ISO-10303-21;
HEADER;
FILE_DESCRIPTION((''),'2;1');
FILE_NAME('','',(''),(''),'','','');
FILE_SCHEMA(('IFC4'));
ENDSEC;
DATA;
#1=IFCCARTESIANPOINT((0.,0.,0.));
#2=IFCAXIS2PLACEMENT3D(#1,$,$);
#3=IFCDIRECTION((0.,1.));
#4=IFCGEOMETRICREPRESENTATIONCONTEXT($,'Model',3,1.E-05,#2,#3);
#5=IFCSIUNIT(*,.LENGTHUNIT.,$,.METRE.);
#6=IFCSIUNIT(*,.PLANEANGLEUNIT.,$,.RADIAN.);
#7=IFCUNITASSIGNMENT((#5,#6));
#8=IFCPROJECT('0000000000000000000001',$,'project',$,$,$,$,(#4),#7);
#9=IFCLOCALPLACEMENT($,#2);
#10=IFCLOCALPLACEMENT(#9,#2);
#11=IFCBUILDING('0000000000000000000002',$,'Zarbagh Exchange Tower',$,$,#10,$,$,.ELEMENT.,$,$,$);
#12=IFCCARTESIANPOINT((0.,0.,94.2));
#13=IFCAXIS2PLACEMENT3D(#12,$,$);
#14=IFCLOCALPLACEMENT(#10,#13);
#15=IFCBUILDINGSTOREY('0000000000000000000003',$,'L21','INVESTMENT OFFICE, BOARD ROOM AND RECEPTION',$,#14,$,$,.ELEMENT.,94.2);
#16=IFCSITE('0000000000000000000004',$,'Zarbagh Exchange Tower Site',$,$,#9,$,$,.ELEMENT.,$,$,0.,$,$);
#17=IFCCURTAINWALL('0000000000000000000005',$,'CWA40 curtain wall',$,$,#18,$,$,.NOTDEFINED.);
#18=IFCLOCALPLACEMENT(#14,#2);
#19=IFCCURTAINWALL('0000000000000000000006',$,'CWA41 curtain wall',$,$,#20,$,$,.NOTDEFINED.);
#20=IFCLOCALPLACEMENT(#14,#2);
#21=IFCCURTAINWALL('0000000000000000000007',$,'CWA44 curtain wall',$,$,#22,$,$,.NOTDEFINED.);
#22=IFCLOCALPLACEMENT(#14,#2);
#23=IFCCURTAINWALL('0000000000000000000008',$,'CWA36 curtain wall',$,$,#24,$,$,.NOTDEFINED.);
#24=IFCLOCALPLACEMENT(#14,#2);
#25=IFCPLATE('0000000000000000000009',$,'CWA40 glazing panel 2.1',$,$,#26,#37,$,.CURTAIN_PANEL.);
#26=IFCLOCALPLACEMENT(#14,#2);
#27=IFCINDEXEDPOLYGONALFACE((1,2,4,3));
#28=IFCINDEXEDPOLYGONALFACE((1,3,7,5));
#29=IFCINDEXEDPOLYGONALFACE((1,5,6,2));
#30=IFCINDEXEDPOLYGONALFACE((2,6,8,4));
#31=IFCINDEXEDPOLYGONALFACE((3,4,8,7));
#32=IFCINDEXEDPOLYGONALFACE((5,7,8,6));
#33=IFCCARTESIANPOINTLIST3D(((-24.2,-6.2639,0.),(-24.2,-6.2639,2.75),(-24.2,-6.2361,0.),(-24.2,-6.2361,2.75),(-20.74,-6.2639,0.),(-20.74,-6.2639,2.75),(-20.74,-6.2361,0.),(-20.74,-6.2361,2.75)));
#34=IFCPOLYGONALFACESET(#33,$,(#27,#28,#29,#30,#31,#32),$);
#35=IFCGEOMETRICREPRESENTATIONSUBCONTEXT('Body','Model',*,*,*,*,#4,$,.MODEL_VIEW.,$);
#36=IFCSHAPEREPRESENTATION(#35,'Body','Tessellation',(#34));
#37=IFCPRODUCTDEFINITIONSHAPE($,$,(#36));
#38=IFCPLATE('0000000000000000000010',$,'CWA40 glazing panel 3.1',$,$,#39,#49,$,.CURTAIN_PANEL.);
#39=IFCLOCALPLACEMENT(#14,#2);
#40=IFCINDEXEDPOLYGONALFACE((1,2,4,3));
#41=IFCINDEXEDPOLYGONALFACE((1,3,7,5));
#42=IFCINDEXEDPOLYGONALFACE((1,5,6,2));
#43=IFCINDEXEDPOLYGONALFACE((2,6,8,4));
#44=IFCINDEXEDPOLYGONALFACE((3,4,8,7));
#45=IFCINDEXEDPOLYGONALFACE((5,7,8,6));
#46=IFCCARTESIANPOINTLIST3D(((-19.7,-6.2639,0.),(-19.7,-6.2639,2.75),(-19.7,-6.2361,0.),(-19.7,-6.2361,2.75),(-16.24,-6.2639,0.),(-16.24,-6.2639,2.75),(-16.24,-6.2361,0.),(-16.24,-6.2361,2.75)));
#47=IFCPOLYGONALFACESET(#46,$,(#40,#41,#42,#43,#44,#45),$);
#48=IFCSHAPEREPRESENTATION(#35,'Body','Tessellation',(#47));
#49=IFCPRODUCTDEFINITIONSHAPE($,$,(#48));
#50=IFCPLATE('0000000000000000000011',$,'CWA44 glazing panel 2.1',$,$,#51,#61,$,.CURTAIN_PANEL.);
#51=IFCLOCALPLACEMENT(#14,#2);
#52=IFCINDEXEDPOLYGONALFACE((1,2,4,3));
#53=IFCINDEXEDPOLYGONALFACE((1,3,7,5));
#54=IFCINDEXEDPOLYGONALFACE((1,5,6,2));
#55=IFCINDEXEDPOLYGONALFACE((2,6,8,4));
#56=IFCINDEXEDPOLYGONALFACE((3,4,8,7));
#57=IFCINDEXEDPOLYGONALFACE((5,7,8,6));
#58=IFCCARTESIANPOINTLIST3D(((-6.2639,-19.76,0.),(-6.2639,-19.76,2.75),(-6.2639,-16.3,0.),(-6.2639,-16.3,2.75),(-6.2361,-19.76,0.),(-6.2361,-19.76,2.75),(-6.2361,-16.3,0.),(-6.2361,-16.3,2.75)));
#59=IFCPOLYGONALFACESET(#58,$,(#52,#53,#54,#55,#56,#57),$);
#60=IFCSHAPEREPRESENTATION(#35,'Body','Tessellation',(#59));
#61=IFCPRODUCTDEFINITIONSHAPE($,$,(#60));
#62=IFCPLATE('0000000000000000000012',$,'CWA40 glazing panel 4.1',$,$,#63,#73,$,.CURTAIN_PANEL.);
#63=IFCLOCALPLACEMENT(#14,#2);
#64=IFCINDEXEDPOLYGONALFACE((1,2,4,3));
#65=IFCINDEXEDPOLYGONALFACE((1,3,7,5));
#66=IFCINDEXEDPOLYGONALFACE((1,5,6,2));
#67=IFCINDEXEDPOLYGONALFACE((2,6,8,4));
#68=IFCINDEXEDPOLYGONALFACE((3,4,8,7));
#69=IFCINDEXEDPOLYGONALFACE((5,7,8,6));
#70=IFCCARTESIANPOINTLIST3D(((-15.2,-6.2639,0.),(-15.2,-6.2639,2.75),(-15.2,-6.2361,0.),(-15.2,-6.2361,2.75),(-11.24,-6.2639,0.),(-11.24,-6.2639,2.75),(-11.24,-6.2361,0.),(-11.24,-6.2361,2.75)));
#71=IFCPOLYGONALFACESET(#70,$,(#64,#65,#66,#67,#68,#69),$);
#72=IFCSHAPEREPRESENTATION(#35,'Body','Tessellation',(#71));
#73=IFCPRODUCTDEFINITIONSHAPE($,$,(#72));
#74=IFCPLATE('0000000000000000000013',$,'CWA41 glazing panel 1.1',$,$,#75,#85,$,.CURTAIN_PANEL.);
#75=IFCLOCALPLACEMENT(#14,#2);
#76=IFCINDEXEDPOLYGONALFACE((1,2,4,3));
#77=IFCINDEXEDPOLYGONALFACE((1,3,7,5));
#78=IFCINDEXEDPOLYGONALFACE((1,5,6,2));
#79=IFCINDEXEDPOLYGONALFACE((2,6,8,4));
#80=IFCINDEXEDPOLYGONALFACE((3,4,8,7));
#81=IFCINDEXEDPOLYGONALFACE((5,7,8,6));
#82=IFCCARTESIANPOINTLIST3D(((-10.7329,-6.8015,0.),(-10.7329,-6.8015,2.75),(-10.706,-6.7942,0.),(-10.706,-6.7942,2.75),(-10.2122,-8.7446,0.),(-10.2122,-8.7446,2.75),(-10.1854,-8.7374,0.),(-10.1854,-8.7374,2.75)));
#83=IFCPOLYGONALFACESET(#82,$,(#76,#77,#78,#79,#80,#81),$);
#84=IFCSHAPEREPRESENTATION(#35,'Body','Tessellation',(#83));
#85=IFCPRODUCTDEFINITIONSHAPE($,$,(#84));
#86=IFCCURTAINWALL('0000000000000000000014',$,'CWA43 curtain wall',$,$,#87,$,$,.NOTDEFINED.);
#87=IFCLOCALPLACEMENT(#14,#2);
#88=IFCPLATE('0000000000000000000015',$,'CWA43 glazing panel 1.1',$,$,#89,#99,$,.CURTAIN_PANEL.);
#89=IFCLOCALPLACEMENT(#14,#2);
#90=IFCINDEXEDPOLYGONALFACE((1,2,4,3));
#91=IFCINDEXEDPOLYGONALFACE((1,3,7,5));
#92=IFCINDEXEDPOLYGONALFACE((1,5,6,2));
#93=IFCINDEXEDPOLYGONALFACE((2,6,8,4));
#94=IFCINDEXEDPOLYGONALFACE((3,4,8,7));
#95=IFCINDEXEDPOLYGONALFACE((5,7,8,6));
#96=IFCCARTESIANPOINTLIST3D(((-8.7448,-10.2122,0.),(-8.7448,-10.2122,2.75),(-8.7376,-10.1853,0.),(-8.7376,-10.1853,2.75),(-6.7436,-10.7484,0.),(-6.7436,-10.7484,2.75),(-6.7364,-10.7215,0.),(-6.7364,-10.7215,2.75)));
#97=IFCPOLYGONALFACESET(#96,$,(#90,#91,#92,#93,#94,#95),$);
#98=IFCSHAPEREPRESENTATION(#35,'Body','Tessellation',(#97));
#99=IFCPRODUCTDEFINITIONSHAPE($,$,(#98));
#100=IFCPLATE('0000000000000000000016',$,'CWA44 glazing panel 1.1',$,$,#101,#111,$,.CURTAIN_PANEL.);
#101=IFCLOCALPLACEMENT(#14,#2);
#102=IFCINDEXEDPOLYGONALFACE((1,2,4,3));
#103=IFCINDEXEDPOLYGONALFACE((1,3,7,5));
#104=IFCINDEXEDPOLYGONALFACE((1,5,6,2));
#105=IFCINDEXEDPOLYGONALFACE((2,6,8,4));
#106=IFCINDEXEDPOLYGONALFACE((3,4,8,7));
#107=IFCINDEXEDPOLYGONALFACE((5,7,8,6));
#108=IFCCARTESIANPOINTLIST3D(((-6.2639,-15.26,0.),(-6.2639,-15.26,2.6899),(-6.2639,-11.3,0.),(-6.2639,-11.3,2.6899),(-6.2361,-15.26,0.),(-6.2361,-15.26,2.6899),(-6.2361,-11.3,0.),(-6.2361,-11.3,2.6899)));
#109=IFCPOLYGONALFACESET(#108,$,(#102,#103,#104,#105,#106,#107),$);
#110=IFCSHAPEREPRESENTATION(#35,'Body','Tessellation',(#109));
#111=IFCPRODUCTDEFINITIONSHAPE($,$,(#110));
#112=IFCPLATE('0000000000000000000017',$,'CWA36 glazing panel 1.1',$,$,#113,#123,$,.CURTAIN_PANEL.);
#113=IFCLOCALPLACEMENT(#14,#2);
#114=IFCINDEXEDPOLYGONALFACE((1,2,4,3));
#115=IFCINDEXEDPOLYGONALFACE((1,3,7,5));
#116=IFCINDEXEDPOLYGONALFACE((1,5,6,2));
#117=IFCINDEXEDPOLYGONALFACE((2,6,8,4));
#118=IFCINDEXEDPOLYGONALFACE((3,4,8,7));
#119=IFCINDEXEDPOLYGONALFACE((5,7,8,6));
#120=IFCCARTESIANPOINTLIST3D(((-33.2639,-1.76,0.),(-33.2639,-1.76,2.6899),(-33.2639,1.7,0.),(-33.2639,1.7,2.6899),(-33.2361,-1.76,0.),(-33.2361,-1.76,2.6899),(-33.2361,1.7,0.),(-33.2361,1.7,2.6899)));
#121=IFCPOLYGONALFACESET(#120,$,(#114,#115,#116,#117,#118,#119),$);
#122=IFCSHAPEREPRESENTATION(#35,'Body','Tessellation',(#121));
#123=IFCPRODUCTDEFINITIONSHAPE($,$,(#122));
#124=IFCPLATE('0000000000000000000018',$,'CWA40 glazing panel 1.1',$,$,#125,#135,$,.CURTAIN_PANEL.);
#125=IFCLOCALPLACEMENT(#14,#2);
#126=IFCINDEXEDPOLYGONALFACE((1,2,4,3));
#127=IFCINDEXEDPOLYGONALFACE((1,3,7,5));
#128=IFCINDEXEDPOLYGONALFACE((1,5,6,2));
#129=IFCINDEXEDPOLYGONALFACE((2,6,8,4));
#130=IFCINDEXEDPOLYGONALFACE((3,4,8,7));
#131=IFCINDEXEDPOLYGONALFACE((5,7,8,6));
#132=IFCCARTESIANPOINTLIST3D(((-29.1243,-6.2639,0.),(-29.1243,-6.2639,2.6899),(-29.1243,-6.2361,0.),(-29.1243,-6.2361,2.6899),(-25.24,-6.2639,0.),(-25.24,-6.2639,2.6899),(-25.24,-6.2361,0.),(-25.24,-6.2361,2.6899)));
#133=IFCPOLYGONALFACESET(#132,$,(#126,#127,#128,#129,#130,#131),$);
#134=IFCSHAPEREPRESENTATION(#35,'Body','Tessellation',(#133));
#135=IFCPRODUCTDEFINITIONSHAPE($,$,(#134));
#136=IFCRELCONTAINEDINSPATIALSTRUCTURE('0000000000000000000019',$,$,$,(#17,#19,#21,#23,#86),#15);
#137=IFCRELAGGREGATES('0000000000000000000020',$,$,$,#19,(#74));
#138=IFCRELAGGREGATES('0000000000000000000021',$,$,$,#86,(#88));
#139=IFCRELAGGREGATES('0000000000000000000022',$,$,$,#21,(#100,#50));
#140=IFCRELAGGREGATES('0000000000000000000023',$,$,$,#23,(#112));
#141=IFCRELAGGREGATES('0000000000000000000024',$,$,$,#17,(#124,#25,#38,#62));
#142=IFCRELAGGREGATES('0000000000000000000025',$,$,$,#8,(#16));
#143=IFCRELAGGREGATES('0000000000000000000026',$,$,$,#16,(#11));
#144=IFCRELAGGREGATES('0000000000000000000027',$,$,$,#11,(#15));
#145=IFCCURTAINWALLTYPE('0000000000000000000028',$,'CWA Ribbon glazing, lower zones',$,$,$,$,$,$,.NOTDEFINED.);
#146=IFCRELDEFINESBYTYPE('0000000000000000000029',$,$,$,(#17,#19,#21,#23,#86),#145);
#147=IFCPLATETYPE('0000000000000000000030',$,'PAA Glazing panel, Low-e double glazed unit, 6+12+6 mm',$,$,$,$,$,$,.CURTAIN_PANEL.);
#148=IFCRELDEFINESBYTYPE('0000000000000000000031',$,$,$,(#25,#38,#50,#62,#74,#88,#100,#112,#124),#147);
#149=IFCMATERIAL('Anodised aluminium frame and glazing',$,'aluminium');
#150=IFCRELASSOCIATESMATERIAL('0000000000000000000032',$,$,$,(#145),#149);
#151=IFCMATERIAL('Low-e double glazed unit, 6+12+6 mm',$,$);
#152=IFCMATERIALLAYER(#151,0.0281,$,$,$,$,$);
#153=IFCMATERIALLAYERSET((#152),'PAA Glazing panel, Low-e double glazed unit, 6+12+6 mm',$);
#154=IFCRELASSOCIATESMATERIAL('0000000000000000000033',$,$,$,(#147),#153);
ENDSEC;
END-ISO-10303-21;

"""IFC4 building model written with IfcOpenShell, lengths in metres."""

from ifc_helpers import new_model, si_unit, direction, frame, origin, place, context, subcontext, project, spatial, polyline, outline, extrude, source, transform, mapped, material, layer, layer_set, type_object, element, aggregate, save


model = new_model("IFC4")

# Units and contexts
model_context = context("Model", 3, precision=1e-05, world=origin(), true_north=direction((0.0, 1.0)))
body_context = subcontext(model_context, "Body", "Model", "MODEL_VIEW")
ifc_project = project(units=[si_unit("LENGTHUNIT", "METRE"), si_unit("PLANEANGLEUNIT", "RADIAN")], contexts=[model_context])

# Site, building, storey
site_placement = place(None, origin())
site = spatial("IfcSite", under=ifc_project, at=site_placement, Name="Zarbagh Exchange Tower Site", CompositionType="ELEMENT", RefElevation=0.0)
building_placement = place(site_placement, origin())
building = spatial("IfcBuilding", under=site, at=building_placement, Name="Zarbagh Exchange Tower", CompositionType="ELEMENT")
storey_placement = place(building_placement, frame((0.0, 0.0, 94.2)))
storey = spatial("IfcBuildingStorey", under=building, at=storey_placement, Name="L21", Description="INVESTMENT OFFICE, BOARD ROOM AND RECEPTION", CompositionType="ELEMENT", Elevation=94.2)

# Shared definitions
ifc_material_1 = material(Name="Anodised aluminium frame and glazing", Category="aluminium")
curtain_wall_type = type_object("IfcCurtainWallType", Name="CWA Ribbon glazing, lower zones", PredefinedType="NOTDEFINED", material=ifc_material_1)
placement = place(storey_placement, origin())

# Curtain wall
curtain_wall_1_placement = place(storey_placement, origin())
curtain_wall_1 = element("IfcCurtainWall", 1, at=curtain_wall_1_placement, inside=storey, type_object=curtain_wall_type, Name="CWA40 curtain wall", PredefinedType="NOTDEFINED")

# Curtain wall
curtain_wall_2_placement = place(storey_placement, origin())
curtain_wall_2 = element("IfcCurtainWall", 2, at=curtain_wall_2_placement, inside=storey, type_object=curtain_wall_type, Name="CWA41 curtain wall", PredefinedType="NOTDEFINED")

# Curtain wall
curtain_wall_3_placement = place(storey_placement, origin())
curtain_wall_3 = element("IfcCurtainWall", 3, at=curtain_wall_3_placement, inside=storey, type_object=curtain_wall_type, Name="CWA44 curtain wall", PredefinedType="NOTDEFINED")

# Curtain wall
curtain_wall_4_placement = place(storey_placement, origin())
curtain_wall_4 = element("IfcCurtainWall", 4, at=curtain_wall_4_placement, inside=storey, type_object=curtain_wall_type, Name="CWA36 curtain wall", PredefinedType="NOTDEFINED")

# Shared definitions
ifc_material_2 = material(Name="Low-e double glazed unit, 6+12+6 mm")
ifc_layer = layer(ifc_material_2, 0.0281)
ifc_layer_set = layer_set([ifc_layer], Name="PAA Glazing panel, Low-e double glazed unit, 6+12+6 mm")
plate_type = type_object("IfcPlateType", Name="PAA Glazing panel, Low-e double glazed unit, 6+12+6 mm", PredefinedType="CURTAIN_PANEL", material=ifc_layer_set)

# Plates
shared_shape_1 = source(origin(), body_context, "Body", "SweptSolid", [
    extrude(outline(polyline([(0.0, -0.0139), (3.46, -0.0139), (3.46, 0.0139), (0.0, 0.0139), (0.0, -0.0139)])), origin(), (0.0, 0.0, 1.0), 2.75),
])
plate_1 = element("IfcPlate", 5, at=placement, type_object=plate_type, Name="CWA40 glazing panel 2.1", PredefinedType="CURTAIN_PANEL", context=body_context, shape_type="MappedRepresentation", body=[
    mapped(shared_shape_1, transform((-24.2, -6.25, 0.0), x_axis=(1.0, 0.0, 0.0), y_axis=(0.0, 1.0, 0.0), z_axis=(0.0, 0.0, 1.0))),
])
plate_2 = element("IfcPlate", 6, at=placement, type_object=plate_type, Name="CWA40 glazing panel 3.1", PredefinedType="CURTAIN_PANEL", context=body_context, shape_type="MappedRepresentation", body=[
    mapped(shared_shape_1, transform((-19.7, -6.25, 0.0), x_axis=(1.0, 0.0, 0.0), y_axis=(0.0, 1.0, 0.0), z_axis=(0.0, 0.0, 1.0))),
])
plate_3 = element("IfcPlate", 7, at=placement, type_object=plate_type, Name="CWA44 glazing panel 2.1", PredefinedType="CURTAIN_PANEL", context=body_context, shape_type="MappedRepresentation", body=[
    mapped(shared_shape_1, transform((-6.25, -16.3, 0.0), x_axis=(0.0, -1.0, 0.0), y_axis=(1.0, 0.0, 0.0), z_axis=(0.0, 0.0, 1.0))),
])
shared_shape_2 = source(origin(), body_context, "Body", "SweptSolid", [
    extrude(outline(polyline([(0.0, -0.0139), (3.96, -0.0139), (3.96, 0.0139), (0.0, 0.0139), (0.0, -0.0139)])), origin(), (0.0, 0.0, 1.0), 2.75),
])
plate_4 = element("IfcPlate", 8, at=placement, type_object=plate_type, Name="CWA40 glazing panel 4.1", PredefinedType="CURTAIN_PANEL", context=body_context, shape_type="MappedRepresentation", body=[
    mapped(shared_shape_2, transform((-15.2, -6.25, 0.0), x_axis=(1.0, 0.0, 0.0), y_axis=(0.0, 1.0, 0.0), z_axis=(0.0, 0.0, 1.0))),
])
shared_shape_3 = source(origin(), body_context, "Body", "SweptSolid", [
    extrude(outline(polyline([(0.0, -0.0139), (2.0117, -0.0139), (2.0117, 0.0139), (0.0, 0.0139), (0.0, -0.0139)])), origin(), (0.0, 0.0, 1.0), 2.75),
])
plate_5 = element("IfcPlate", 9, at=placement, type_object=plate_type, Name="CWA41 glazing panel 1.1", PredefinedType="CURTAIN_PANEL", context=body_context, shape_type="MappedRepresentation", body=[
    mapped(shared_shape_3, transform((-10.7195, -6.7979, 0.0), x_axis=(0.258825, -0.965924, 0.0), y_axis=(0.965924, 0.258825, 0.0), z_axis=(0.0, 0.0, 1.0))),
])
aggregate(curtain_wall_2, [plate_5])

# Curtain wall, plate
curtain_wall_5_placement = place(storey_placement, origin())
curtain_wall_5 = element("IfcCurtainWall", 10, at=curtain_wall_5_placement, inside=storey, type_object=curtain_wall_type, Name="CWA43 curtain wall", PredefinedType="NOTDEFINED")
shared_shape_4 = source(origin(), body_context, "Body", "SweptSolid", [
    extrude(outline(polyline([(0.0, -0.0139), (2.0718, -0.0139), (2.0718, 0.0139), (0.0, 0.0139), (0.0, -0.0139)])), origin(), (0.0, 0.0, 1.0), 2.75),
])
plate_6 = element("IfcPlate", 11, at=placement, type_object=plate_type, Name="CWA43 glazing panel 1.1", PredefinedType="CURTAIN_PANEL", context=body_context, shape_type="MappedRepresentation", body=[
    mapped(shared_shape_4, transform((-8.7412, -10.1987, 0.0), x_axis=(0.965924, -0.258825, 0.0), y_axis=(0.258825, 0.965924, 0.0), z_axis=(0.0, 0.0, 1.0))),
])
aggregate(curtain_wall_5, [plate_6])

# Plates
shared_shape_5 = source(origin(), body_context, "Body", "SweptSolid", [
    extrude(outline(polyline([(0.0, -0.0139), (3.96, -0.0139), (3.96, 0.0139), (0.0, 0.0139), (0.0, -0.0139)])), origin(), (0.0, 0.0, 1.0), 2.6899),
])
plate_7 = element("IfcPlate", 12, at=placement, type_object=plate_type, Name="CWA44 glazing panel 1.1", PredefinedType="CURTAIN_PANEL", context=body_context, shape_type="MappedRepresentation", body=[
    mapped(shared_shape_5, transform((-6.25, -11.3, 0.0), x_axis=(0.0, -1.0, 0.0), y_axis=(1.0, 0.0, 0.0), z_axis=(0.0, 0.0, 1.0))),
])
aggregate(curtain_wall_3, [plate_7, plate_3])
shared_shape_6 = source(origin(), body_context, "Body", "SweptSolid", [
    extrude(outline(polyline([(0.0, -0.0139), (3.46, -0.0139), (3.46, 0.0139), (0.0, 0.0139), (0.0, -0.0139)])), origin(), (0.0, 0.0, 1.0), 2.6899),
])
plate_8 = element("IfcPlate", 13, at=placement, type_object=plate_type, Name="CWA36 glazing panel 1.1", PredefinedType="CURTAIN_PANEL", context=body_context, shape_type="MappedRepresentation", body=[
    mapped(shared_shape_6, transform((-33.25, 1.7, 0.0), x_axis=(0.0, -1.0, 0.0), y_axis=(1.0, 0.0, 0.0), z_axis=(0.0, 0.0, 1.0))),
])
aggregate(curtain_wall_4, [plate_8])
shared_shape_7 = source(origin(), body_context, "Body", "SweptSolid", [
    extrude(outline(polyline([(0.0, -0.0139), (3.8843, -0.0139), (3.8843, 0.0139), (0.0, 0.0139), (0.0, -0.0139)])), origin(), (0.0, 0.0, 1.0), 2.6899),
])
plate_9 = element("IfcPlate", 14, at=placement, type_object=plate_type, Name="CWA40 glazing panel 1.1", PredefinedType="CURTAIN_PANEL", context=body_context, shape_type="MappedRepresentation", body=[
    mapped(shared_shape_7, transform((-29.1243, -6.25, 0.0), x_axis=(1.0, 0.0, 0.0), y_axis=(0.0, 1.0, 0.0), z_axis=(0.0, 0.0, 1.0))),
])
aggregate(curtain_wall_1, [plate_9, plate_1, plate_2, plate_4])

save(model, "model.ifc")
